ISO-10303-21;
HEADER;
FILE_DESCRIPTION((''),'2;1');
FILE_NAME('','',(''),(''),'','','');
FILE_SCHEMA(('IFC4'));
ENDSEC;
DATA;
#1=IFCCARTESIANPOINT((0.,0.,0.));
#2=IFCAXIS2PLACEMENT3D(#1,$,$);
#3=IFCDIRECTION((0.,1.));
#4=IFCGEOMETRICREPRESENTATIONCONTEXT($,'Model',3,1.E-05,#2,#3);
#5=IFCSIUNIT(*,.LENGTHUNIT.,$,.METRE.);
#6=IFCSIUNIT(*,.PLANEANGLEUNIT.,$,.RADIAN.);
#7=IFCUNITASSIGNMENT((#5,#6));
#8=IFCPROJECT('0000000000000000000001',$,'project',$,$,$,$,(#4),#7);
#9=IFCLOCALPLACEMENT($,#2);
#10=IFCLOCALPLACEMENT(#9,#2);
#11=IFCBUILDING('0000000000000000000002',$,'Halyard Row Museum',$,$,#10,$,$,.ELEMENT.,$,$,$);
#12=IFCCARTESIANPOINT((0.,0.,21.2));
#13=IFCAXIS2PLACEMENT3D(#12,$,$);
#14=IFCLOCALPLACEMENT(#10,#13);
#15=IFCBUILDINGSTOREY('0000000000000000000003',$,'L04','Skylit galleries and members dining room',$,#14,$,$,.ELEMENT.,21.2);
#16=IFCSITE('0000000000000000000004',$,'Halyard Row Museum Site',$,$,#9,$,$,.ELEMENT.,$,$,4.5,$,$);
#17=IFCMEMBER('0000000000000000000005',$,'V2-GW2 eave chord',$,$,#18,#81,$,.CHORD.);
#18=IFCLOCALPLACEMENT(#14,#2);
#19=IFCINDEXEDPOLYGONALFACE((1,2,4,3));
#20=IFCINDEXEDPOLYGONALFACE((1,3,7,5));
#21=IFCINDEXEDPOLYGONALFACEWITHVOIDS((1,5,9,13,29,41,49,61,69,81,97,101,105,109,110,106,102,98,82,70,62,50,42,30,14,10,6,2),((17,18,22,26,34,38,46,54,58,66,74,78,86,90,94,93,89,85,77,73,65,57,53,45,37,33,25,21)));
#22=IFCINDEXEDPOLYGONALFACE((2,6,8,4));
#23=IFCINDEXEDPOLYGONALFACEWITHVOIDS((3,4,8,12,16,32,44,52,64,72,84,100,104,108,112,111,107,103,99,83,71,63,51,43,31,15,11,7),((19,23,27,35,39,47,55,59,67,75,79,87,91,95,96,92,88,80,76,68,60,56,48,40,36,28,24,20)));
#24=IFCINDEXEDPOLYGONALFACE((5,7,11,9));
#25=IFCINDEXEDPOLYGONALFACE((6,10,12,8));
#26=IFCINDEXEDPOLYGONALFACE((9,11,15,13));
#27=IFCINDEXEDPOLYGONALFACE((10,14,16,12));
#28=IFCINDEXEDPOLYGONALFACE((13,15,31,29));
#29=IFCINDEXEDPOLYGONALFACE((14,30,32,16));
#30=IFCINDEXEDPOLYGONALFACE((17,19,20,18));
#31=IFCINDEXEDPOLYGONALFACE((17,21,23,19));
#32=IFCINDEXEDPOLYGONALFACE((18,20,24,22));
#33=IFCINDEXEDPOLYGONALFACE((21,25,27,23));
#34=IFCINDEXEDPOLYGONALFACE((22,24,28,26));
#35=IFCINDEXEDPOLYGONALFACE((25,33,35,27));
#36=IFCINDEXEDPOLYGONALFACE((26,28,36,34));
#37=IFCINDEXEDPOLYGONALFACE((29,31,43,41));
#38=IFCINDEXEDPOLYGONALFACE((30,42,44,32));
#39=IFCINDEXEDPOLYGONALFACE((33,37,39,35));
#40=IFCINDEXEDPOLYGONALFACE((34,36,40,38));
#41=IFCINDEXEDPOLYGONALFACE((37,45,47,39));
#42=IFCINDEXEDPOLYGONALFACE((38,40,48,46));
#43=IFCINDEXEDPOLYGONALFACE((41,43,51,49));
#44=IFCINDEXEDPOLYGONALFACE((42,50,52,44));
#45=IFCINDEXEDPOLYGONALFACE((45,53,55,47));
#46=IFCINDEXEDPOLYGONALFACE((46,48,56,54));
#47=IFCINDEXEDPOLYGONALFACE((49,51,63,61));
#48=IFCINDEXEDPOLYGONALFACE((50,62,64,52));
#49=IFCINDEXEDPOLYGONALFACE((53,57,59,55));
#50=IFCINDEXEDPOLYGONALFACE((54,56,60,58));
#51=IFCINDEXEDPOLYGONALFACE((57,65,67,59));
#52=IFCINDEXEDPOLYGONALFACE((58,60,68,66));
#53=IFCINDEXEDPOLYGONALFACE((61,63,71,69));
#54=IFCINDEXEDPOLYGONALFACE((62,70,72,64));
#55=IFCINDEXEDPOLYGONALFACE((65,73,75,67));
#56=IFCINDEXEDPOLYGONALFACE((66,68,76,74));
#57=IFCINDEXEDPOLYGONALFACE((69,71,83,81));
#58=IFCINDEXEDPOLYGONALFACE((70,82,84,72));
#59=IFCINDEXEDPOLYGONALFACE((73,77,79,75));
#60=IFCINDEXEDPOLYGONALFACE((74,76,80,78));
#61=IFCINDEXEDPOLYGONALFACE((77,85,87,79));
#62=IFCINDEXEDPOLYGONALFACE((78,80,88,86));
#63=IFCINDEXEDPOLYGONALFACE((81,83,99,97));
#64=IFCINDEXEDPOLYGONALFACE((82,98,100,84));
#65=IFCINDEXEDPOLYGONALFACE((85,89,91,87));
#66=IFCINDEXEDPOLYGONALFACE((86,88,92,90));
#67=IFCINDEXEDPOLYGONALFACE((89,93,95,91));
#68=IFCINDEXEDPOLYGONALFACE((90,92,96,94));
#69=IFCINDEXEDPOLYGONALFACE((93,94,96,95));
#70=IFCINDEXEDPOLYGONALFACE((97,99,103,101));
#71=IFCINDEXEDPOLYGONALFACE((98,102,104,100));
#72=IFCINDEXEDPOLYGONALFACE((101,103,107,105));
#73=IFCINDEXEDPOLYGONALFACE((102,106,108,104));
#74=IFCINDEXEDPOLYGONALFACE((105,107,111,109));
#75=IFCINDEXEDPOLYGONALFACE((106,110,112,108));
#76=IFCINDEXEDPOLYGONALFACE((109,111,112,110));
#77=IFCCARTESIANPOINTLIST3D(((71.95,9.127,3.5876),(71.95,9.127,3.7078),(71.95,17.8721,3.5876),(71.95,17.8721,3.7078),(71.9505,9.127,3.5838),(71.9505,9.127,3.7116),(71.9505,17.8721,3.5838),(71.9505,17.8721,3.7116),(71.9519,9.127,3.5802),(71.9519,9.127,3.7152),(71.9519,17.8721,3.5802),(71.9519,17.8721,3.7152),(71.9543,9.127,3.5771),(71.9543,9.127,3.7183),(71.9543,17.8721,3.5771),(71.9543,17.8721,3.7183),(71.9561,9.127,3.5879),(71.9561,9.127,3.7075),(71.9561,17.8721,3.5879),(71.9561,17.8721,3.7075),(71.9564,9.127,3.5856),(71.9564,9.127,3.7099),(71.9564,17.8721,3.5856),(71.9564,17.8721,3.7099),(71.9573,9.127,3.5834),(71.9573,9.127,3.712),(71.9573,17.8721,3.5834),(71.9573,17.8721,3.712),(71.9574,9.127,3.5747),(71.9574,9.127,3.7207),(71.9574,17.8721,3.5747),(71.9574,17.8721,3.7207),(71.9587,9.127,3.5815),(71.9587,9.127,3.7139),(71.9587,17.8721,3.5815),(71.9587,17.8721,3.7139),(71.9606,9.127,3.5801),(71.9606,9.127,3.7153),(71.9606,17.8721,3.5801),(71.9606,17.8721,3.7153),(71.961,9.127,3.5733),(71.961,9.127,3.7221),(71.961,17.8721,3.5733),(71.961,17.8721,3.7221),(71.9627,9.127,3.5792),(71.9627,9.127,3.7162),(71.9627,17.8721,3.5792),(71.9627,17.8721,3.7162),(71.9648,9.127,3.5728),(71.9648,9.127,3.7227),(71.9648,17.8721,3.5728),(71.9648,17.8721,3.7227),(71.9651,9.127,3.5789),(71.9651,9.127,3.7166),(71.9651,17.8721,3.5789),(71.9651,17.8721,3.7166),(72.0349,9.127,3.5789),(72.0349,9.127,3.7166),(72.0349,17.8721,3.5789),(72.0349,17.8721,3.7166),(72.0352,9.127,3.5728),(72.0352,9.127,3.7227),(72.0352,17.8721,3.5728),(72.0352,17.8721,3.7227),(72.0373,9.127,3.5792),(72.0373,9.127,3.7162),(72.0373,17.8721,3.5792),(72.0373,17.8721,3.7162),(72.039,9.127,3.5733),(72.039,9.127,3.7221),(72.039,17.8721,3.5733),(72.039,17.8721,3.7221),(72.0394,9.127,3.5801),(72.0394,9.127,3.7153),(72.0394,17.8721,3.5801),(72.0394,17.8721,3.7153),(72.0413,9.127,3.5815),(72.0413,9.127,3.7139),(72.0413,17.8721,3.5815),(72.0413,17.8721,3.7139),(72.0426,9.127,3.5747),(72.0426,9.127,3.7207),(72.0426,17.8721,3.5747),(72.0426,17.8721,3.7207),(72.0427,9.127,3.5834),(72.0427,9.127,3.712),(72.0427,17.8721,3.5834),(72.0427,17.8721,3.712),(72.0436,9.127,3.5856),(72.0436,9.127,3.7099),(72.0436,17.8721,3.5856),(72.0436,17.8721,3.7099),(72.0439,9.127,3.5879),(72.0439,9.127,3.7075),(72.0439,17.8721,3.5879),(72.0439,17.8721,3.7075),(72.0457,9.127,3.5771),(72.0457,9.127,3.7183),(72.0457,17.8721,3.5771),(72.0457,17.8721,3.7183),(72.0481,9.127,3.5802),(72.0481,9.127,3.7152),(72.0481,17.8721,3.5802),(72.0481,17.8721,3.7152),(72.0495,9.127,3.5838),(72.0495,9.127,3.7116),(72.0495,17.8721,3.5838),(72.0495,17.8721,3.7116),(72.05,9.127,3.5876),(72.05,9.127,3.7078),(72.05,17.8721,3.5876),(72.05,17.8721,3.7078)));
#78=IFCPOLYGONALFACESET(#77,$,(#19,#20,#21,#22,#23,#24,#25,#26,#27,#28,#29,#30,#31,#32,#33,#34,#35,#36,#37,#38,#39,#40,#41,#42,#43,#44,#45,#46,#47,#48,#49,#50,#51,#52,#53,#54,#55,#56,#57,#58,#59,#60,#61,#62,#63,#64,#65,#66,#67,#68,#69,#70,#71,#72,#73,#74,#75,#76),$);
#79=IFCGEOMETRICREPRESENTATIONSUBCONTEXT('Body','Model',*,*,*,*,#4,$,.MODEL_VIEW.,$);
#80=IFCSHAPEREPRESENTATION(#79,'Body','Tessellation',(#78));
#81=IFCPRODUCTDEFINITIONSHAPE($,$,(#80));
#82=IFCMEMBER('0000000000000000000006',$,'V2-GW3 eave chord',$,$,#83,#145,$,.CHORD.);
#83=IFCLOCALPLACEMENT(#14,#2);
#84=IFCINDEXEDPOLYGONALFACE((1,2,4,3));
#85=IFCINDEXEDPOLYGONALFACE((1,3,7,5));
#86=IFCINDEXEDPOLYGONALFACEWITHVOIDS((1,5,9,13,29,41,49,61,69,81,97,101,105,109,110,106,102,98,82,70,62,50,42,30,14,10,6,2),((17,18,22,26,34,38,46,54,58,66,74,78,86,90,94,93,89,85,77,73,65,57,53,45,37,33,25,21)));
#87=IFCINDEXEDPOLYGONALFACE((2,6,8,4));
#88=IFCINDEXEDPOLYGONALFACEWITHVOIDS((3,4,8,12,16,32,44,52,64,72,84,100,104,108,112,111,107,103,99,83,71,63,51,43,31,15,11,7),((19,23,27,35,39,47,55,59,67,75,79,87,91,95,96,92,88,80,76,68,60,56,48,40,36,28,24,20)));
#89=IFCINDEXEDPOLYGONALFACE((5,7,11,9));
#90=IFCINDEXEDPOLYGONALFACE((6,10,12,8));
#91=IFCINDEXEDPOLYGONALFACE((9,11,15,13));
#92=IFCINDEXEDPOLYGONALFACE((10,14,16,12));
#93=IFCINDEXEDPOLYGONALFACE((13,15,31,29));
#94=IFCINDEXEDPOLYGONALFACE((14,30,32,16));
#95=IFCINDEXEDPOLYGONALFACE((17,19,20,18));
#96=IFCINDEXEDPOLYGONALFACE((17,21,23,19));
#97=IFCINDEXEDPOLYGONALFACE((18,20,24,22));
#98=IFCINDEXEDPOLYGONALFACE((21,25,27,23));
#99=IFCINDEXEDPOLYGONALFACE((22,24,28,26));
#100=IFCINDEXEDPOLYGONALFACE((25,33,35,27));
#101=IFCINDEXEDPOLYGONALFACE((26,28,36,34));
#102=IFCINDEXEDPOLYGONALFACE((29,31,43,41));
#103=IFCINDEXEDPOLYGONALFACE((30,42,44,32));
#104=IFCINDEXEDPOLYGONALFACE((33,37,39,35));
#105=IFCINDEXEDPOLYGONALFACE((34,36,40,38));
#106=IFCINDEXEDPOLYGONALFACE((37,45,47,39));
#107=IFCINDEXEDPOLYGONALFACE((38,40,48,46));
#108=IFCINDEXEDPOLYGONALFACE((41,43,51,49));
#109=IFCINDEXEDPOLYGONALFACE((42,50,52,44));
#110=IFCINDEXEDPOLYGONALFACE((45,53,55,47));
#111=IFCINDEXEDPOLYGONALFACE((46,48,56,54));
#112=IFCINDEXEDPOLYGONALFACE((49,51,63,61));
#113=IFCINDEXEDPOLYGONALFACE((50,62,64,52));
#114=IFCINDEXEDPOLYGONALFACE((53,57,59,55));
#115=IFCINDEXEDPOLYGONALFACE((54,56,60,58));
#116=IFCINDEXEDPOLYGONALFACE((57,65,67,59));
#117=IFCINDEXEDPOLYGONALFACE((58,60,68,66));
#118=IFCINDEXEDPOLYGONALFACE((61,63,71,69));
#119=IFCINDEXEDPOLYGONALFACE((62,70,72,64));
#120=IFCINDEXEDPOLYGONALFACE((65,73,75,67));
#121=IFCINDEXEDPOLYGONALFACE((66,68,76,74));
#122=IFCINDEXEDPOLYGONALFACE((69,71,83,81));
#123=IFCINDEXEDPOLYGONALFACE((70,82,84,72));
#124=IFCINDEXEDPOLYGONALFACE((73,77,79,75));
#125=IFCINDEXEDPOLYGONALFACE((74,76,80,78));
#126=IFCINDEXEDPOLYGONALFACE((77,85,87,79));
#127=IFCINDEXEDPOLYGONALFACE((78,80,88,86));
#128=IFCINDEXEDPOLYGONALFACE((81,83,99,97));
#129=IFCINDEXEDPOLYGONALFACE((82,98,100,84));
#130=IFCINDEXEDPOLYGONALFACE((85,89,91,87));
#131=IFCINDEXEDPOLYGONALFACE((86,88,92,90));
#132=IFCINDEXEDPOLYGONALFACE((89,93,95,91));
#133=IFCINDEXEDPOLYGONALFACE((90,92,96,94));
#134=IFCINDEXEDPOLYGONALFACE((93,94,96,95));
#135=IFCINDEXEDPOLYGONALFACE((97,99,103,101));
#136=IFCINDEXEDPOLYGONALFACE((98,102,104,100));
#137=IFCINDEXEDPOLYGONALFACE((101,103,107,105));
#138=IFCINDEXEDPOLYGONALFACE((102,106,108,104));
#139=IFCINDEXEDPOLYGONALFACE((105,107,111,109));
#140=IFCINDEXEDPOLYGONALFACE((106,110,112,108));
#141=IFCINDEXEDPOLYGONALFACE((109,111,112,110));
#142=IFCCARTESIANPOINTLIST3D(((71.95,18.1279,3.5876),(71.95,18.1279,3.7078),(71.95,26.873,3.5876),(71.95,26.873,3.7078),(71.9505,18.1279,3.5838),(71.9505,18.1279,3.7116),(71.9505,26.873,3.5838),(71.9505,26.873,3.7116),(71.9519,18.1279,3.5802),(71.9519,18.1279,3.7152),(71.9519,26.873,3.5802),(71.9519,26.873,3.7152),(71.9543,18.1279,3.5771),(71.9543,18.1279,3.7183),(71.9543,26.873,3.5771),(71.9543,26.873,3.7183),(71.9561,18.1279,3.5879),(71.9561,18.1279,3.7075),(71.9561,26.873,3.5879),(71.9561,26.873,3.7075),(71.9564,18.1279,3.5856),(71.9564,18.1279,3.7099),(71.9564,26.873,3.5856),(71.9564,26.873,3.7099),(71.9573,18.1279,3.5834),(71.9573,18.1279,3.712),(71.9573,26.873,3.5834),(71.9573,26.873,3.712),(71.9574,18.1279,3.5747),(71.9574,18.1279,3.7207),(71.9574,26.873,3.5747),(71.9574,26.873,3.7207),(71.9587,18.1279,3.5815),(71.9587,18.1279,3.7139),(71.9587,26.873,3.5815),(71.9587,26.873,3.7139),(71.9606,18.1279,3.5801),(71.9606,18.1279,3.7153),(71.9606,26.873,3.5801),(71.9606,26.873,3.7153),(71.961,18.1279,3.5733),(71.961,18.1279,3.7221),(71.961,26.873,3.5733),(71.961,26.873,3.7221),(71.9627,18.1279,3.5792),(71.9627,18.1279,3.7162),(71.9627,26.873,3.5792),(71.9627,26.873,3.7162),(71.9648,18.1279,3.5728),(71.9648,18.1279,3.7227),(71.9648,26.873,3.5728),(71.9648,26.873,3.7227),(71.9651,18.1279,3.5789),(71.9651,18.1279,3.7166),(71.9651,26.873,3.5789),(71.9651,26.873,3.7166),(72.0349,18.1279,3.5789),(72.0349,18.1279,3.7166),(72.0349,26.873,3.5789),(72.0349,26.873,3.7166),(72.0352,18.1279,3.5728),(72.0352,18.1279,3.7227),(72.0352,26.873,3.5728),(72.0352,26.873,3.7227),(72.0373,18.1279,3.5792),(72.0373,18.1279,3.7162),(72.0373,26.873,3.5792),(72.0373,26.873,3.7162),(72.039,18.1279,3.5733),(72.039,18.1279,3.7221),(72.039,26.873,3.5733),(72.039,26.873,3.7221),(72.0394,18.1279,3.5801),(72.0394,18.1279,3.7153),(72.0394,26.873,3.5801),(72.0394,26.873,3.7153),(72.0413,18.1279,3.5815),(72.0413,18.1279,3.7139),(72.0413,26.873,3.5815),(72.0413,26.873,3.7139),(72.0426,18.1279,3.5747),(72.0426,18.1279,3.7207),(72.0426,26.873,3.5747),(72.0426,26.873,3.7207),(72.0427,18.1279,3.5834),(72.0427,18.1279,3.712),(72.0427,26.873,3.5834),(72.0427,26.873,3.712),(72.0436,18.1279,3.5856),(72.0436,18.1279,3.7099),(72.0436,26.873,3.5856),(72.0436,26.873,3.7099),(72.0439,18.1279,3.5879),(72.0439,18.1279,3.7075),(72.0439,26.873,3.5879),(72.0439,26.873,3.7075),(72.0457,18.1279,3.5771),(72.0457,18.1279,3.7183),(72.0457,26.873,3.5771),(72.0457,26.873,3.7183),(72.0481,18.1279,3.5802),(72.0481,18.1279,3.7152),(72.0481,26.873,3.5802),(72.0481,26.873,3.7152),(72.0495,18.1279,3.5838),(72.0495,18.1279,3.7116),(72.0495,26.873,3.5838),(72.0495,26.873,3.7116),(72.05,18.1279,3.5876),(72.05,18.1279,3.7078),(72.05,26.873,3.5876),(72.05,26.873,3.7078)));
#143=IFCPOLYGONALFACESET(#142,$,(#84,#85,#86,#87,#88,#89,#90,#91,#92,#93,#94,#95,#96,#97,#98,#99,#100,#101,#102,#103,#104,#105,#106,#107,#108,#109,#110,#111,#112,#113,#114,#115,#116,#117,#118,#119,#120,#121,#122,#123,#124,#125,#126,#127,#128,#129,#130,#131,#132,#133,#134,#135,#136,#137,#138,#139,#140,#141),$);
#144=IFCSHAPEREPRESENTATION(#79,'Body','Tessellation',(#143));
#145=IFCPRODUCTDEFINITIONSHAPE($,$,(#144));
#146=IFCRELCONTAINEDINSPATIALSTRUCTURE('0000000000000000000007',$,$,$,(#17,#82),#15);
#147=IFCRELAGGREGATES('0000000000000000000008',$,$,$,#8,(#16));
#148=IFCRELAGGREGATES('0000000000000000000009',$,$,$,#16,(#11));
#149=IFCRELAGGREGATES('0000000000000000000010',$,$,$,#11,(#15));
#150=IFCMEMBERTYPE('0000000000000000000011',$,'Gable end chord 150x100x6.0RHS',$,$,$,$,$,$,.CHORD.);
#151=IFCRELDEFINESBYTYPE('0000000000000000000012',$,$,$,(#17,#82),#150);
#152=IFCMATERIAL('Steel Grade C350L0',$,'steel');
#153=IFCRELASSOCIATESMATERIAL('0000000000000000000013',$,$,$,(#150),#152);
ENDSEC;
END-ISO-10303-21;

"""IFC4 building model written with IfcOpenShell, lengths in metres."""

from ifc_helpers import new_model, si_unit, direction, frame, origin, origin_2d, place, context, subcontext, project, spatial, hollow_rectangle, extrude, material, material_profile, profile_set, type_object, element, save


model = new_model("IFC4")

# Units and contexts
model_context = context("Model", 3, precision=1e-05, world=origin(), true_north=direction((0.0, 1.0)))
body_context = subcontext(model_context, "Body", "Model", "MODEL_VIEW")
ifc_project = project(units=[si_unit("LENGTHUNIT", "METRE"), si_unit("PLANEANGLEUNIT", "RADIAN")], contexts=[model_context])

# Site, building, storey
site_placement = place(None, origin())
site = spatial("IfcSite", under=ifc_project, at=site_placement, Name="Halyard Row Museum Site", CompositionType="ELEMENT", RefElevation=4.5)
building_placement = place(site_placement, origin())
building = spatial("IfcBuilding", under=site, at=building_placement, Name="Halyard Row Museum", CompositionType="ELEMENT")
storey_placement = place(building_placement, frame((0.0, 0.0, 21.2)))
storey = spatial("IfcBuildingStorey", under=building, at=storey_placement, Name="L04", Description="Skylit galleries and members dining room", CompositionType="ELEMENT", Elevation=21.2)

# Members
ifc_material_1 = material(Name="Steel Grade C350L0", Category="steel")
ifc_material_profile_1 = material_profile(ifc_material_1, hollow_rectangle(XDim=0.1001, YDim=0.1499, WallThickness=0.0061, InnerFilletRadius=0.009, OuterFilletRadius=0.0149, at=origin_2d()), Name="150x100x6.0RHS")
ifc_profile_set_1 = profile_set([ifc_material_profile_1], Name="Steel Grade C350L0")
member_type_1 = type_object("IfcMemberType", Name="Gable end chord 150x100x6.0RHS", PredefinedType="CHORD", material=ifc_profile_set_1)
for number, where, z_axis, x_axis, name in (
    (1, (72.0, 9.127, 3.6477), (0.0, 1.0, 0.0), (-1.0, 0.0, 0.0), "V2-GW2 eave chord"),
    (2, (72.0, 18.1279, 3.6477), (0.0, 1.0, 0.0), (-1.0, 0.0, 0.0), "V2-GW3 eave chord"),
):
    element("IfcMember", number, at=place(storey_placement, frame(where, z_axis=z_axis, x_axis=x_axis)), inside=storey, type_object=member_type_1, Name=name, PredefinedType="CHORD", context=body_context, shape_type="SweptSolid", body=[
        extrude(hollow_rectangle(XDim=0.1001, YDim=0.1499, WallThickness=0.0061, InnerFilletRadius=0.009, OuterFilletRadius=0.0149, at=origin_2d()), origin(), (0.0, 0.0, 1.0), 8.7451),
    ])

save(model, "model.ifc")
